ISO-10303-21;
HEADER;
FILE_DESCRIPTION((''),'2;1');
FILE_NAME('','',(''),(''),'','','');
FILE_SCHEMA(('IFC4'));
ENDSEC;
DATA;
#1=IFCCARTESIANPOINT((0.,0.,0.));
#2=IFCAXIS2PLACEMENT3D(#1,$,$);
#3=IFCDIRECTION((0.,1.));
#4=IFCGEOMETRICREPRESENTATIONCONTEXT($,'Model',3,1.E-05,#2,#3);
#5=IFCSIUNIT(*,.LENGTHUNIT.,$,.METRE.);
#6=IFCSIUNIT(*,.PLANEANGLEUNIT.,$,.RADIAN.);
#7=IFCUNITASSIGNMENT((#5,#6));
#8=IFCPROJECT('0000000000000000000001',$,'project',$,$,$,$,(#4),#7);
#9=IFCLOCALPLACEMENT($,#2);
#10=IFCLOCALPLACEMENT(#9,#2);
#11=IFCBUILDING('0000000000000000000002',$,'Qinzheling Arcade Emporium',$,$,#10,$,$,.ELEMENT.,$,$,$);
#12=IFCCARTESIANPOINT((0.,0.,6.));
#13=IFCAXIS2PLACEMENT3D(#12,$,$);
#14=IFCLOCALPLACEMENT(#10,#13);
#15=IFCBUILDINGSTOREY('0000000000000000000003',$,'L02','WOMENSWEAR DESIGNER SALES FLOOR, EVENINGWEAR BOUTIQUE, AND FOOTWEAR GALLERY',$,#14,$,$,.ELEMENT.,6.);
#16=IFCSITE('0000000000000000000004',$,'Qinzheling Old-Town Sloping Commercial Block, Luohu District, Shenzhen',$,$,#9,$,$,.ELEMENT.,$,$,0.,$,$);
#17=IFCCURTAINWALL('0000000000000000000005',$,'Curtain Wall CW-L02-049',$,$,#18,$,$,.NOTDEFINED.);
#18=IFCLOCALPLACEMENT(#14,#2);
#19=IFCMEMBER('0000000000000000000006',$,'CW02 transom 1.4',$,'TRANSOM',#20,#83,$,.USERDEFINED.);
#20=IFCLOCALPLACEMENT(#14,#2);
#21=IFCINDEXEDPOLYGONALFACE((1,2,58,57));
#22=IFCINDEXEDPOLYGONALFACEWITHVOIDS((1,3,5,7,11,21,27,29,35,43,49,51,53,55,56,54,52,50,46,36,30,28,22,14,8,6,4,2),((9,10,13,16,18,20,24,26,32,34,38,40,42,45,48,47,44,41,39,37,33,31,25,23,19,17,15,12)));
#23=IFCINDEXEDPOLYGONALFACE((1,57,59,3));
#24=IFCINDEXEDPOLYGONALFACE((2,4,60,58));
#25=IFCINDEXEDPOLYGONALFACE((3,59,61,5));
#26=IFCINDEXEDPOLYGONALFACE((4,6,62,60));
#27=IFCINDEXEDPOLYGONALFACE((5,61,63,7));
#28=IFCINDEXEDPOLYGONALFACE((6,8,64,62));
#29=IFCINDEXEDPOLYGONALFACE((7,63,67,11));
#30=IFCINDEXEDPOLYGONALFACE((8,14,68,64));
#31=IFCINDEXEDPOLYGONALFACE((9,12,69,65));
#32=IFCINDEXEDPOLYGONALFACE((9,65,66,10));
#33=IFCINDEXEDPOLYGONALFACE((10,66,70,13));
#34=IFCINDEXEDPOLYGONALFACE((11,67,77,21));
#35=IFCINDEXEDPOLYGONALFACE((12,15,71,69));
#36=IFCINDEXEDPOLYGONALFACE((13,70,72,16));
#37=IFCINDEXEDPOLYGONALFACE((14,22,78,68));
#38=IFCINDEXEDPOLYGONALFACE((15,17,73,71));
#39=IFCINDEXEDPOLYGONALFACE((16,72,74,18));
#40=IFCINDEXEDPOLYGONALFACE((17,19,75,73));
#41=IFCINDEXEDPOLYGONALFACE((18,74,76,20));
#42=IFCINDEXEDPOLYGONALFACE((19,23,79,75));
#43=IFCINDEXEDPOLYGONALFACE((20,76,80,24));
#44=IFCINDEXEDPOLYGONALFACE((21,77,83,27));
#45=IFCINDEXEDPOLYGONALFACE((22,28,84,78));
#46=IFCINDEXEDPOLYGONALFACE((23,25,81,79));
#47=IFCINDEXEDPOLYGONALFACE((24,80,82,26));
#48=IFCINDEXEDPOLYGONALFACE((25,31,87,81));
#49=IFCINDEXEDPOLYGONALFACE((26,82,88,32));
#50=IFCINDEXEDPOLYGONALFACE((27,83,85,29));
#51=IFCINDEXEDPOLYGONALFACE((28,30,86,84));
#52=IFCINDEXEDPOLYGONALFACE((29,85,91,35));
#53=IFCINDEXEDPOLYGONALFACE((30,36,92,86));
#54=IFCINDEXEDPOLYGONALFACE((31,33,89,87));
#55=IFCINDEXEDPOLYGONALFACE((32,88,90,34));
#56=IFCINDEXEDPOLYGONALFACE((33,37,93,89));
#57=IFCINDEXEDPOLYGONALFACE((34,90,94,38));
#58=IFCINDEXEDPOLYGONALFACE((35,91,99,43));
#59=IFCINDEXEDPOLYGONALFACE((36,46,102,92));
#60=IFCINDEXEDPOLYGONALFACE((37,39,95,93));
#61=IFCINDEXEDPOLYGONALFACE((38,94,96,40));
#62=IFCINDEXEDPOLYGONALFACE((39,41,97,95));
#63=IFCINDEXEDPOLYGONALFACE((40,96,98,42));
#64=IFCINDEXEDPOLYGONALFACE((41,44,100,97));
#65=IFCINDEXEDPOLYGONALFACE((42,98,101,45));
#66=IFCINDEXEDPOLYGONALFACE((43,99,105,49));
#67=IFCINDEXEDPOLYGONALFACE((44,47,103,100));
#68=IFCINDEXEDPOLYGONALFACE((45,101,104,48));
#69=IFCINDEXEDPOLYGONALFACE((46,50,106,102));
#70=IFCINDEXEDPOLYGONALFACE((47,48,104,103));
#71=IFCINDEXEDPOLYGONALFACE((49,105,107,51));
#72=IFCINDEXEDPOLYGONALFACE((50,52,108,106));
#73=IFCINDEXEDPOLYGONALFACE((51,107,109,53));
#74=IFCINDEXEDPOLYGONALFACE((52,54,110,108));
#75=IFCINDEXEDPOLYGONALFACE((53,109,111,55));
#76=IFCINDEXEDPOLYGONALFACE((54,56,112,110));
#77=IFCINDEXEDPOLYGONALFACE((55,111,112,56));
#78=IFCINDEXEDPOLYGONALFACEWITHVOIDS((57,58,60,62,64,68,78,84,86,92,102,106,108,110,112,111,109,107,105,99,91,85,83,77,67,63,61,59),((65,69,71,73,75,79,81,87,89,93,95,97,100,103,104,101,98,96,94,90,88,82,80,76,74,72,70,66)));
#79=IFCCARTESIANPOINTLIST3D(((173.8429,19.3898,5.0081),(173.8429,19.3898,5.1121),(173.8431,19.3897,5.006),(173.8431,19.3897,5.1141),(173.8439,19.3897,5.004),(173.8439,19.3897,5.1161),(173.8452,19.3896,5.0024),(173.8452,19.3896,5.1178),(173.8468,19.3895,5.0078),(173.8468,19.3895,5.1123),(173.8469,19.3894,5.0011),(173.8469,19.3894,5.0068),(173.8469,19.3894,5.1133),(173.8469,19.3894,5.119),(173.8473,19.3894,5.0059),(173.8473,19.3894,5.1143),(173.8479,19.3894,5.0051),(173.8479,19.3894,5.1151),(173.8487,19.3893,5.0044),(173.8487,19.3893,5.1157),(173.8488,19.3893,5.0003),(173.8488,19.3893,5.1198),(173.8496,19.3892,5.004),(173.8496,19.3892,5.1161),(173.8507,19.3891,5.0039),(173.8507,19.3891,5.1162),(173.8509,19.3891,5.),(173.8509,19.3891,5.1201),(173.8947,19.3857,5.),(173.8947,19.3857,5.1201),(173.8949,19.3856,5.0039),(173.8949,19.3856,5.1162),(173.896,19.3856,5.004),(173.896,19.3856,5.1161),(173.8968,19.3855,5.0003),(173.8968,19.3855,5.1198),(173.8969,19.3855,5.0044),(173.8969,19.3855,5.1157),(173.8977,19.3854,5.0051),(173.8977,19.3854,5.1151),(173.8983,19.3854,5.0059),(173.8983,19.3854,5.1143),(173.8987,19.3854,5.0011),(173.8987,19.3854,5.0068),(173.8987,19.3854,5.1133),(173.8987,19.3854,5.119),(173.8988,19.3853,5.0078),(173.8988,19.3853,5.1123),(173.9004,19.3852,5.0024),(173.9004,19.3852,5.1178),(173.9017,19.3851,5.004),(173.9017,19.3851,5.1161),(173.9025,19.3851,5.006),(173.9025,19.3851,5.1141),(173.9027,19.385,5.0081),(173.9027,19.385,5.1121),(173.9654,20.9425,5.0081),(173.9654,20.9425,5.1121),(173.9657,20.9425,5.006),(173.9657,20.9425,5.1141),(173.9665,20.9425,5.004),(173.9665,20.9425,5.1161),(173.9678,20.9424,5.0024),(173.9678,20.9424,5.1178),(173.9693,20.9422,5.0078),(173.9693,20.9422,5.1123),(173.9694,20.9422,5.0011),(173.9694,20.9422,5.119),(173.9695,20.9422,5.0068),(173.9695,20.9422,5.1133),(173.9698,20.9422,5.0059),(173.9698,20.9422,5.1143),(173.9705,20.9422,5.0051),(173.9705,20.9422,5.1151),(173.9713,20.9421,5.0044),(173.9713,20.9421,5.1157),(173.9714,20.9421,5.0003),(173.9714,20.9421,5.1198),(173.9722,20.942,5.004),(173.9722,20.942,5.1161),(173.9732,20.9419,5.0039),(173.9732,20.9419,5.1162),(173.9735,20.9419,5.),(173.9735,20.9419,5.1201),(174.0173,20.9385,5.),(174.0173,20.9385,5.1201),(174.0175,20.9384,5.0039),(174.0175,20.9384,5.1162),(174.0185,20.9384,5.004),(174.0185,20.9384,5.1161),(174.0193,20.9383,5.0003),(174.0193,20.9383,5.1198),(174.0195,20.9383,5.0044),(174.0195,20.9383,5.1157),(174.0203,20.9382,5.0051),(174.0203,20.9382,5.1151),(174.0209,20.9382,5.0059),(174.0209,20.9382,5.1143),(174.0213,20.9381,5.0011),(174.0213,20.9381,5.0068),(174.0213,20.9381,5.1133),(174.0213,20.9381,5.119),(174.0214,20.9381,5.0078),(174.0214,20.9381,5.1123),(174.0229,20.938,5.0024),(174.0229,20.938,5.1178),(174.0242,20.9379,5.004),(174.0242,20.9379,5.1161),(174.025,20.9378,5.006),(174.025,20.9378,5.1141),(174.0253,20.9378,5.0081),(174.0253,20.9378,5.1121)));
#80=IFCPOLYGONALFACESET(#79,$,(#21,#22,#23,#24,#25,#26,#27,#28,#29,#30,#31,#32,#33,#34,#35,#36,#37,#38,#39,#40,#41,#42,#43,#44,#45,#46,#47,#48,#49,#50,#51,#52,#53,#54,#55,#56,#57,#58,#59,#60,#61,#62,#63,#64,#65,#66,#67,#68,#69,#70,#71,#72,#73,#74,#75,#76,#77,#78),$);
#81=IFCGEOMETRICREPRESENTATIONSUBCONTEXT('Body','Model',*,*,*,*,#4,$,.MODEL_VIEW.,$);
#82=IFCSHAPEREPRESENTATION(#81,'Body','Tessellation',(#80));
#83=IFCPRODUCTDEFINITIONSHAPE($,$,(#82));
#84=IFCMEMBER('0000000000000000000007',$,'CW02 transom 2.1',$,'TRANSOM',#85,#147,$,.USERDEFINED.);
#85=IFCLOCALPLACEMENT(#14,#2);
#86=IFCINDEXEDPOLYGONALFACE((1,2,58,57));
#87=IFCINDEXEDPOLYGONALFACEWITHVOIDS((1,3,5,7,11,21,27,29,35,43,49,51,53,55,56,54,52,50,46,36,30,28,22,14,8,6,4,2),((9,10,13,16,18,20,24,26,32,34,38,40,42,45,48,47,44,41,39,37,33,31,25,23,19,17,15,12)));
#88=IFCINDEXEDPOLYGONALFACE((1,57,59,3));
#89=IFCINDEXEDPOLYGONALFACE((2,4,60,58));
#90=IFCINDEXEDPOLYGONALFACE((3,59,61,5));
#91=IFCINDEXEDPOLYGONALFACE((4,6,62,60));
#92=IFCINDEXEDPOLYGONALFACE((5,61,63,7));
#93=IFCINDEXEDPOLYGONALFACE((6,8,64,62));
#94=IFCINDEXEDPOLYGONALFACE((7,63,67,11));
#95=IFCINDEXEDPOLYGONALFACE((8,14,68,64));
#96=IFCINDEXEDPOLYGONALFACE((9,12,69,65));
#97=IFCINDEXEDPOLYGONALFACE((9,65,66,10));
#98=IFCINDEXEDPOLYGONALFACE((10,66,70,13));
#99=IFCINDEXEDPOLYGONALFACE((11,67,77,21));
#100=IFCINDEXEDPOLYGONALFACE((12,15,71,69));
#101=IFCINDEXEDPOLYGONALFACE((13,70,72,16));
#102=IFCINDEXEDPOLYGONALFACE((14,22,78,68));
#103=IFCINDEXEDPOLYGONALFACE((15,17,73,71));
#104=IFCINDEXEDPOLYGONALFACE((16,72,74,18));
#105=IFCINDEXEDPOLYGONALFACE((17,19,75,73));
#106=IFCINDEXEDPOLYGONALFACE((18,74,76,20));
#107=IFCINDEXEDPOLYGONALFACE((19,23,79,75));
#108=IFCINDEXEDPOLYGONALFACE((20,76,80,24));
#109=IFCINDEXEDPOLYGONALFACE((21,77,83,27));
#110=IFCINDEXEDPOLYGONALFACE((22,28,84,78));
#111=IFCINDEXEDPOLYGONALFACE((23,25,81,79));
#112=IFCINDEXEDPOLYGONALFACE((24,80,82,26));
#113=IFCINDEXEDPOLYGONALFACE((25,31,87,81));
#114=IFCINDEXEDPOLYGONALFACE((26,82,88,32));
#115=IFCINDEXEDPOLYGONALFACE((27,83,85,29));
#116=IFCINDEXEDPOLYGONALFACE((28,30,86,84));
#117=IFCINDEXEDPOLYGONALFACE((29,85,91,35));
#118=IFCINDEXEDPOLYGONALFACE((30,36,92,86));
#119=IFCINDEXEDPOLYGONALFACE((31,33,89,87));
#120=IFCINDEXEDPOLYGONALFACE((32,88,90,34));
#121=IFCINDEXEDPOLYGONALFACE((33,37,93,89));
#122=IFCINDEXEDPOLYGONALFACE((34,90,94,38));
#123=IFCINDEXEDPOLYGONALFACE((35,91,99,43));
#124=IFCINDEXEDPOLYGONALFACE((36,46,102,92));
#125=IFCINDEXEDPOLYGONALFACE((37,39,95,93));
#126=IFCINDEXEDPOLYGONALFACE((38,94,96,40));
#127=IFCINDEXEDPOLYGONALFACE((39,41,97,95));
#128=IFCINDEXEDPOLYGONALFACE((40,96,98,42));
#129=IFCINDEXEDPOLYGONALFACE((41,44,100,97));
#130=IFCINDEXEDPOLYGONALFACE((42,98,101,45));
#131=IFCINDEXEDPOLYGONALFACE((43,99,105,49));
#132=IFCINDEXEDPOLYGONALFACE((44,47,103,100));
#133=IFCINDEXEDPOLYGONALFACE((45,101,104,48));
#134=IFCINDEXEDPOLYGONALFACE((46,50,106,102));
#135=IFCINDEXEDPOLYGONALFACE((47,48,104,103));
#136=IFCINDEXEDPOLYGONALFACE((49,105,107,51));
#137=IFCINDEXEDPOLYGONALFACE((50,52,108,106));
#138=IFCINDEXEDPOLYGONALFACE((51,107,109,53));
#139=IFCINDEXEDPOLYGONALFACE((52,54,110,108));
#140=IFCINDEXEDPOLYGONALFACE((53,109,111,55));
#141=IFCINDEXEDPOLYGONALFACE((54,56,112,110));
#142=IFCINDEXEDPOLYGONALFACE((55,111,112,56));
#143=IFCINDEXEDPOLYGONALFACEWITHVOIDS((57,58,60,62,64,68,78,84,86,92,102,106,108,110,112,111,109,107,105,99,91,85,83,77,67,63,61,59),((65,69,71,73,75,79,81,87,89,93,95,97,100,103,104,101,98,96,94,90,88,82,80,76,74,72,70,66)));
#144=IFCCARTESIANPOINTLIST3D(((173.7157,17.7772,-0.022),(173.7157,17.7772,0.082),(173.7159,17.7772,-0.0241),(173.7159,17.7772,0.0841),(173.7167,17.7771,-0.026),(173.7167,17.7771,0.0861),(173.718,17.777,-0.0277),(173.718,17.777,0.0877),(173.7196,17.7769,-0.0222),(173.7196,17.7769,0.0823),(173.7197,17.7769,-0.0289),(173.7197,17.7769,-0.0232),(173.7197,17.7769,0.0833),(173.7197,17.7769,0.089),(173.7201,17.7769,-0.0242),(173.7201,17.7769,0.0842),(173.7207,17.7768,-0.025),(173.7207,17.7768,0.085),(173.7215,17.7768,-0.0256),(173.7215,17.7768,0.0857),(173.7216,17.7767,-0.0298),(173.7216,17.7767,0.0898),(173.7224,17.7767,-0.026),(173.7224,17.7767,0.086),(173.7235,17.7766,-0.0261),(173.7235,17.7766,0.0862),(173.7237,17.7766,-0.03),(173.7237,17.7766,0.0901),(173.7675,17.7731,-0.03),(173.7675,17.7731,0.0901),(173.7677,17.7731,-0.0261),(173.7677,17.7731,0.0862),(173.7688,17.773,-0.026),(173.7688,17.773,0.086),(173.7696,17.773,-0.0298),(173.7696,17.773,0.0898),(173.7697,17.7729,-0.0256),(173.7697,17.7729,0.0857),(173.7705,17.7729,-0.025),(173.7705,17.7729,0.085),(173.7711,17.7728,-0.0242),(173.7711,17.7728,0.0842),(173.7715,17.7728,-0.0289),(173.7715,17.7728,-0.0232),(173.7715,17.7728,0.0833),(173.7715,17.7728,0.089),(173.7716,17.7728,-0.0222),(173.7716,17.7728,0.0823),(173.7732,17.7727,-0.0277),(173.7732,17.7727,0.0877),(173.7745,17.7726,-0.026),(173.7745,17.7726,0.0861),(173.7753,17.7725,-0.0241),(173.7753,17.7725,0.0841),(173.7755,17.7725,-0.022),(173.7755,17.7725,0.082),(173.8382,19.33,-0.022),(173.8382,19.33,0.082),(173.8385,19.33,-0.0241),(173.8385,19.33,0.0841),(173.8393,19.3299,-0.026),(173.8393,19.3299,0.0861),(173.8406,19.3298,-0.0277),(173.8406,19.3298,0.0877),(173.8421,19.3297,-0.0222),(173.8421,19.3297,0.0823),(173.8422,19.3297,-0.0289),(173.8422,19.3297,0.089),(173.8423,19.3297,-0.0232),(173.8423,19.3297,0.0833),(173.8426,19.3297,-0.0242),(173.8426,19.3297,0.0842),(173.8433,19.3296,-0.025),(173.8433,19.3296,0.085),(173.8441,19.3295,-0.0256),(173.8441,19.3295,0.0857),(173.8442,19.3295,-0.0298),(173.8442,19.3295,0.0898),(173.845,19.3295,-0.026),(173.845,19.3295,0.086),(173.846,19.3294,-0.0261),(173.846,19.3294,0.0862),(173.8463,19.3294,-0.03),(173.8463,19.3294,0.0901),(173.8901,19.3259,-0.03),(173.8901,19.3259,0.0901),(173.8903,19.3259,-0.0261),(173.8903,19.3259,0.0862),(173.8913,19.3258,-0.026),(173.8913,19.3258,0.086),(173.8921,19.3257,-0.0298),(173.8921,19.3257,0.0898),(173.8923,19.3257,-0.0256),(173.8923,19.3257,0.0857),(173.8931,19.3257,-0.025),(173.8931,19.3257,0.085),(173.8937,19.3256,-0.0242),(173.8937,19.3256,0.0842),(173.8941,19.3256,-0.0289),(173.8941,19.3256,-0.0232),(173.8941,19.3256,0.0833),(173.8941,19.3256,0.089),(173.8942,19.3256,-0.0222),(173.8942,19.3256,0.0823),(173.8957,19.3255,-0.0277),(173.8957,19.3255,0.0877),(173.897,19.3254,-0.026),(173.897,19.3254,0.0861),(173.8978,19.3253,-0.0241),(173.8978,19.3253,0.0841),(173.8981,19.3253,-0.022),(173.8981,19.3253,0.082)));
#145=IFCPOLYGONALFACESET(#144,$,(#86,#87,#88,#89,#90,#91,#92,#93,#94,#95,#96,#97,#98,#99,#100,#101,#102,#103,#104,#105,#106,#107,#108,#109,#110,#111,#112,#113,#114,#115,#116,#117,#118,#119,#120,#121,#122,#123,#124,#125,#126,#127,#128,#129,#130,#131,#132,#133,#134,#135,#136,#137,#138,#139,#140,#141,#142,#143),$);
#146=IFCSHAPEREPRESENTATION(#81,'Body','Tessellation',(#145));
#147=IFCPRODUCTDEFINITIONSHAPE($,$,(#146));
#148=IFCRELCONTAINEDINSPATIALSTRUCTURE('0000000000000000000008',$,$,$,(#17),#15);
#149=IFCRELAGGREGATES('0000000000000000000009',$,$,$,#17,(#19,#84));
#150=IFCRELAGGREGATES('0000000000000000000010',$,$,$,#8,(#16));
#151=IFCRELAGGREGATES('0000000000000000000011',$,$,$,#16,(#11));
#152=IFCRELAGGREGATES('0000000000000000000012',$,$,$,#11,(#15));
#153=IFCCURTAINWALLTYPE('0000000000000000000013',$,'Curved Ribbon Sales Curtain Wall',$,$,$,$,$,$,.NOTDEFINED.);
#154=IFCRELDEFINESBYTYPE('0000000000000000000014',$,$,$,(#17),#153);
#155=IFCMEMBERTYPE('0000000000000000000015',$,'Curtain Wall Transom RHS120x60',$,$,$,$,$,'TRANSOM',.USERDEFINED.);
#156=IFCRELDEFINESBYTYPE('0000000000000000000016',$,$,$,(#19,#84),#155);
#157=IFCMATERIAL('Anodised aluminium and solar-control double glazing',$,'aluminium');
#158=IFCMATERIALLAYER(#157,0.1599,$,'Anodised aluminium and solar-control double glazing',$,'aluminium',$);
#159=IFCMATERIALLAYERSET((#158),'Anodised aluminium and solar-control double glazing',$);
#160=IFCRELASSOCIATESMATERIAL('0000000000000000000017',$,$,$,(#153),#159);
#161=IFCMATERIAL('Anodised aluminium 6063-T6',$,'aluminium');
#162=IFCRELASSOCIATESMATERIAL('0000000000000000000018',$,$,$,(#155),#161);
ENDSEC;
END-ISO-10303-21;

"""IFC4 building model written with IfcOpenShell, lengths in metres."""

from ifc_helpers import new_model, si_unit, direction, frame, origin, origin_2d, place, context, subcontext, project, spatial, hollow_rectangle, extrude, material, layer, layer_set, material_profile, profile_set, type_object, element, aggregate, save


model = new_model("IFC4")

# Units and contexts
model_context = context("Model", 3, precision=1e-05, world=origin(), true_north=direction((0.0, 1.0)))
body_context = subcontext(model_context, "Body", "Model", "MODEL_VIEW")
ifc_project = project(units=[si_unit("LENGTHUNIT", "METRE"), si_unit("PLANEANGLEUNIT", "RADIAN")], contexts=[model_context])

# Site, building, storey
site_placement = place(None, origin())
site = spatial("IfcSite", under=ifc_project, at=site_placement, Name="Qinzheling Old-Town Sloping Commercial Block, Luohu District, Shenzhen", CompositionType="ELEMENT", RefElevation=0.0)
building_placement = place(site_placement, origin())
building = spatial("IfcBuilding", under=site, at=building_placement, Name="Qinzheling Arcade Emporium", CompositionType="ELEMENT")
storey_placement = place(building_placement, frame((0.0, 0.0, 6.0)))
storey = spatial("IfcBuildingStorey", under=building, at=storey_placement, Name="L02", Description="WOMENSWEAR DESIGNER SALES FLOOR, EVENINGWEAR BOUTIQUE, AND FOOTWEAR GALLERY", CompositionType="ELEMENT", Elevation=6.0)

# Curtain wall, members
ifc_material_1 = material(Name="Anodised aluminium and solar-control double glazing", Category="aluminium")
ifc_layer_1 = layer(ifc_material_1, 0.1599, Name="Anodised aluminium and solar-control double glazing", Category="aluminium")
ifc_layer_set_1 = layer_set([ifc_layer_1], Name="Anodised aluminium and solar-control double glazing")
curtain_wall_type = type_object("IfcCurtainWallType", Name="Curved Ribbon Sales Curtain Wall", PredefinedType="NOTDEFINED", material=ifc_layer_set_1)
curtain_wall_placement = place(storey_placement, origin())
curtain_wall = element("IfcCurtainWall", 1, at=curtain_wall_placement, inside=storey, type_object=curtain_wall_type, Name="Curtain Wall CW-L02-049", PredefinedType="NOTDEFINED")
ifc_material_2 = material(Name="Anodised aluminium 6063-T6", Category="aluminium")
ifc_material_profile_1 = material_profile(ifc_material_2, hollow_rectangle(XDim=0.0601, YDim=0.1201, WallThickness=0.0039, InnerFilletRadius=0.0039, OuterFilletRadius=0.0081, at=origin_2d()), Name="RHS 120x60x4", Category="aluminium")
ifc_profile_set_1 = profile_set([ifc_material_profile_1], Name="Anodised aluminium 6063-T6")
member_type_1 = type_object("IfcMemberType", Name="Curtain Wall Transom RHS120x60", ElementType="TRANSOM", PredefinedType="USERDEFINED", material=ifc_profile_set_1)
member_1_placement = place(storey_placement, frame((173.9954, 20.9402, 5.0601), z_axis=(-0.078686, -0.996899, 0.0), x_axis=(0.996899, -0.078686, 0.0)))
member_1 = element("IfcMember", 2, at=member_1_placement, type_object=member_type_1, Name="CW02 transom 1.4", ObjectType="TRANSOM", PredefinedType="USERDEFINED", context=body_context, shape_type="SweptSolid", body=[
    extrude(hollow_rectangle(XDim=0.0601, YDim=0.1201, WallThickness=0.0039, InnerFilletRadius=0.0039, OuterFilletRadius=0.0081, at=origin_2d()), origin(), (0.0, 0.0, 1.0), 1.5576),
])
member_2_placement = place(storey_placement, frame((173.8682, 19.3276, 0.03), z_axis=(-0.078686, -0.996899, 0.0), x_axis=(0.996899, -0.078686, 0.0)))
member_2 = element("IfcMember", 3, at=member_2_placement, type_object=member_type_1, Name="CW02 transom 2.1", ObjectType="TRANSOM", PredefinedType="USERDEFINED", context=body_context, shape_type="SweptSolid", body=[
    extrude(hollow_rectangle(XDim=0.0601, YDim=0.1201, WallThickness=0.0039, InnerFilletRadius=0.0039, OuterFilletRadius=0.0081, at=origin_2d()), origin(), (0.0, 0.0, 1.0), 1.5576),
])
aggregate(curtain_wall, [member_1, member_2])

save(model, "model.ifc")
